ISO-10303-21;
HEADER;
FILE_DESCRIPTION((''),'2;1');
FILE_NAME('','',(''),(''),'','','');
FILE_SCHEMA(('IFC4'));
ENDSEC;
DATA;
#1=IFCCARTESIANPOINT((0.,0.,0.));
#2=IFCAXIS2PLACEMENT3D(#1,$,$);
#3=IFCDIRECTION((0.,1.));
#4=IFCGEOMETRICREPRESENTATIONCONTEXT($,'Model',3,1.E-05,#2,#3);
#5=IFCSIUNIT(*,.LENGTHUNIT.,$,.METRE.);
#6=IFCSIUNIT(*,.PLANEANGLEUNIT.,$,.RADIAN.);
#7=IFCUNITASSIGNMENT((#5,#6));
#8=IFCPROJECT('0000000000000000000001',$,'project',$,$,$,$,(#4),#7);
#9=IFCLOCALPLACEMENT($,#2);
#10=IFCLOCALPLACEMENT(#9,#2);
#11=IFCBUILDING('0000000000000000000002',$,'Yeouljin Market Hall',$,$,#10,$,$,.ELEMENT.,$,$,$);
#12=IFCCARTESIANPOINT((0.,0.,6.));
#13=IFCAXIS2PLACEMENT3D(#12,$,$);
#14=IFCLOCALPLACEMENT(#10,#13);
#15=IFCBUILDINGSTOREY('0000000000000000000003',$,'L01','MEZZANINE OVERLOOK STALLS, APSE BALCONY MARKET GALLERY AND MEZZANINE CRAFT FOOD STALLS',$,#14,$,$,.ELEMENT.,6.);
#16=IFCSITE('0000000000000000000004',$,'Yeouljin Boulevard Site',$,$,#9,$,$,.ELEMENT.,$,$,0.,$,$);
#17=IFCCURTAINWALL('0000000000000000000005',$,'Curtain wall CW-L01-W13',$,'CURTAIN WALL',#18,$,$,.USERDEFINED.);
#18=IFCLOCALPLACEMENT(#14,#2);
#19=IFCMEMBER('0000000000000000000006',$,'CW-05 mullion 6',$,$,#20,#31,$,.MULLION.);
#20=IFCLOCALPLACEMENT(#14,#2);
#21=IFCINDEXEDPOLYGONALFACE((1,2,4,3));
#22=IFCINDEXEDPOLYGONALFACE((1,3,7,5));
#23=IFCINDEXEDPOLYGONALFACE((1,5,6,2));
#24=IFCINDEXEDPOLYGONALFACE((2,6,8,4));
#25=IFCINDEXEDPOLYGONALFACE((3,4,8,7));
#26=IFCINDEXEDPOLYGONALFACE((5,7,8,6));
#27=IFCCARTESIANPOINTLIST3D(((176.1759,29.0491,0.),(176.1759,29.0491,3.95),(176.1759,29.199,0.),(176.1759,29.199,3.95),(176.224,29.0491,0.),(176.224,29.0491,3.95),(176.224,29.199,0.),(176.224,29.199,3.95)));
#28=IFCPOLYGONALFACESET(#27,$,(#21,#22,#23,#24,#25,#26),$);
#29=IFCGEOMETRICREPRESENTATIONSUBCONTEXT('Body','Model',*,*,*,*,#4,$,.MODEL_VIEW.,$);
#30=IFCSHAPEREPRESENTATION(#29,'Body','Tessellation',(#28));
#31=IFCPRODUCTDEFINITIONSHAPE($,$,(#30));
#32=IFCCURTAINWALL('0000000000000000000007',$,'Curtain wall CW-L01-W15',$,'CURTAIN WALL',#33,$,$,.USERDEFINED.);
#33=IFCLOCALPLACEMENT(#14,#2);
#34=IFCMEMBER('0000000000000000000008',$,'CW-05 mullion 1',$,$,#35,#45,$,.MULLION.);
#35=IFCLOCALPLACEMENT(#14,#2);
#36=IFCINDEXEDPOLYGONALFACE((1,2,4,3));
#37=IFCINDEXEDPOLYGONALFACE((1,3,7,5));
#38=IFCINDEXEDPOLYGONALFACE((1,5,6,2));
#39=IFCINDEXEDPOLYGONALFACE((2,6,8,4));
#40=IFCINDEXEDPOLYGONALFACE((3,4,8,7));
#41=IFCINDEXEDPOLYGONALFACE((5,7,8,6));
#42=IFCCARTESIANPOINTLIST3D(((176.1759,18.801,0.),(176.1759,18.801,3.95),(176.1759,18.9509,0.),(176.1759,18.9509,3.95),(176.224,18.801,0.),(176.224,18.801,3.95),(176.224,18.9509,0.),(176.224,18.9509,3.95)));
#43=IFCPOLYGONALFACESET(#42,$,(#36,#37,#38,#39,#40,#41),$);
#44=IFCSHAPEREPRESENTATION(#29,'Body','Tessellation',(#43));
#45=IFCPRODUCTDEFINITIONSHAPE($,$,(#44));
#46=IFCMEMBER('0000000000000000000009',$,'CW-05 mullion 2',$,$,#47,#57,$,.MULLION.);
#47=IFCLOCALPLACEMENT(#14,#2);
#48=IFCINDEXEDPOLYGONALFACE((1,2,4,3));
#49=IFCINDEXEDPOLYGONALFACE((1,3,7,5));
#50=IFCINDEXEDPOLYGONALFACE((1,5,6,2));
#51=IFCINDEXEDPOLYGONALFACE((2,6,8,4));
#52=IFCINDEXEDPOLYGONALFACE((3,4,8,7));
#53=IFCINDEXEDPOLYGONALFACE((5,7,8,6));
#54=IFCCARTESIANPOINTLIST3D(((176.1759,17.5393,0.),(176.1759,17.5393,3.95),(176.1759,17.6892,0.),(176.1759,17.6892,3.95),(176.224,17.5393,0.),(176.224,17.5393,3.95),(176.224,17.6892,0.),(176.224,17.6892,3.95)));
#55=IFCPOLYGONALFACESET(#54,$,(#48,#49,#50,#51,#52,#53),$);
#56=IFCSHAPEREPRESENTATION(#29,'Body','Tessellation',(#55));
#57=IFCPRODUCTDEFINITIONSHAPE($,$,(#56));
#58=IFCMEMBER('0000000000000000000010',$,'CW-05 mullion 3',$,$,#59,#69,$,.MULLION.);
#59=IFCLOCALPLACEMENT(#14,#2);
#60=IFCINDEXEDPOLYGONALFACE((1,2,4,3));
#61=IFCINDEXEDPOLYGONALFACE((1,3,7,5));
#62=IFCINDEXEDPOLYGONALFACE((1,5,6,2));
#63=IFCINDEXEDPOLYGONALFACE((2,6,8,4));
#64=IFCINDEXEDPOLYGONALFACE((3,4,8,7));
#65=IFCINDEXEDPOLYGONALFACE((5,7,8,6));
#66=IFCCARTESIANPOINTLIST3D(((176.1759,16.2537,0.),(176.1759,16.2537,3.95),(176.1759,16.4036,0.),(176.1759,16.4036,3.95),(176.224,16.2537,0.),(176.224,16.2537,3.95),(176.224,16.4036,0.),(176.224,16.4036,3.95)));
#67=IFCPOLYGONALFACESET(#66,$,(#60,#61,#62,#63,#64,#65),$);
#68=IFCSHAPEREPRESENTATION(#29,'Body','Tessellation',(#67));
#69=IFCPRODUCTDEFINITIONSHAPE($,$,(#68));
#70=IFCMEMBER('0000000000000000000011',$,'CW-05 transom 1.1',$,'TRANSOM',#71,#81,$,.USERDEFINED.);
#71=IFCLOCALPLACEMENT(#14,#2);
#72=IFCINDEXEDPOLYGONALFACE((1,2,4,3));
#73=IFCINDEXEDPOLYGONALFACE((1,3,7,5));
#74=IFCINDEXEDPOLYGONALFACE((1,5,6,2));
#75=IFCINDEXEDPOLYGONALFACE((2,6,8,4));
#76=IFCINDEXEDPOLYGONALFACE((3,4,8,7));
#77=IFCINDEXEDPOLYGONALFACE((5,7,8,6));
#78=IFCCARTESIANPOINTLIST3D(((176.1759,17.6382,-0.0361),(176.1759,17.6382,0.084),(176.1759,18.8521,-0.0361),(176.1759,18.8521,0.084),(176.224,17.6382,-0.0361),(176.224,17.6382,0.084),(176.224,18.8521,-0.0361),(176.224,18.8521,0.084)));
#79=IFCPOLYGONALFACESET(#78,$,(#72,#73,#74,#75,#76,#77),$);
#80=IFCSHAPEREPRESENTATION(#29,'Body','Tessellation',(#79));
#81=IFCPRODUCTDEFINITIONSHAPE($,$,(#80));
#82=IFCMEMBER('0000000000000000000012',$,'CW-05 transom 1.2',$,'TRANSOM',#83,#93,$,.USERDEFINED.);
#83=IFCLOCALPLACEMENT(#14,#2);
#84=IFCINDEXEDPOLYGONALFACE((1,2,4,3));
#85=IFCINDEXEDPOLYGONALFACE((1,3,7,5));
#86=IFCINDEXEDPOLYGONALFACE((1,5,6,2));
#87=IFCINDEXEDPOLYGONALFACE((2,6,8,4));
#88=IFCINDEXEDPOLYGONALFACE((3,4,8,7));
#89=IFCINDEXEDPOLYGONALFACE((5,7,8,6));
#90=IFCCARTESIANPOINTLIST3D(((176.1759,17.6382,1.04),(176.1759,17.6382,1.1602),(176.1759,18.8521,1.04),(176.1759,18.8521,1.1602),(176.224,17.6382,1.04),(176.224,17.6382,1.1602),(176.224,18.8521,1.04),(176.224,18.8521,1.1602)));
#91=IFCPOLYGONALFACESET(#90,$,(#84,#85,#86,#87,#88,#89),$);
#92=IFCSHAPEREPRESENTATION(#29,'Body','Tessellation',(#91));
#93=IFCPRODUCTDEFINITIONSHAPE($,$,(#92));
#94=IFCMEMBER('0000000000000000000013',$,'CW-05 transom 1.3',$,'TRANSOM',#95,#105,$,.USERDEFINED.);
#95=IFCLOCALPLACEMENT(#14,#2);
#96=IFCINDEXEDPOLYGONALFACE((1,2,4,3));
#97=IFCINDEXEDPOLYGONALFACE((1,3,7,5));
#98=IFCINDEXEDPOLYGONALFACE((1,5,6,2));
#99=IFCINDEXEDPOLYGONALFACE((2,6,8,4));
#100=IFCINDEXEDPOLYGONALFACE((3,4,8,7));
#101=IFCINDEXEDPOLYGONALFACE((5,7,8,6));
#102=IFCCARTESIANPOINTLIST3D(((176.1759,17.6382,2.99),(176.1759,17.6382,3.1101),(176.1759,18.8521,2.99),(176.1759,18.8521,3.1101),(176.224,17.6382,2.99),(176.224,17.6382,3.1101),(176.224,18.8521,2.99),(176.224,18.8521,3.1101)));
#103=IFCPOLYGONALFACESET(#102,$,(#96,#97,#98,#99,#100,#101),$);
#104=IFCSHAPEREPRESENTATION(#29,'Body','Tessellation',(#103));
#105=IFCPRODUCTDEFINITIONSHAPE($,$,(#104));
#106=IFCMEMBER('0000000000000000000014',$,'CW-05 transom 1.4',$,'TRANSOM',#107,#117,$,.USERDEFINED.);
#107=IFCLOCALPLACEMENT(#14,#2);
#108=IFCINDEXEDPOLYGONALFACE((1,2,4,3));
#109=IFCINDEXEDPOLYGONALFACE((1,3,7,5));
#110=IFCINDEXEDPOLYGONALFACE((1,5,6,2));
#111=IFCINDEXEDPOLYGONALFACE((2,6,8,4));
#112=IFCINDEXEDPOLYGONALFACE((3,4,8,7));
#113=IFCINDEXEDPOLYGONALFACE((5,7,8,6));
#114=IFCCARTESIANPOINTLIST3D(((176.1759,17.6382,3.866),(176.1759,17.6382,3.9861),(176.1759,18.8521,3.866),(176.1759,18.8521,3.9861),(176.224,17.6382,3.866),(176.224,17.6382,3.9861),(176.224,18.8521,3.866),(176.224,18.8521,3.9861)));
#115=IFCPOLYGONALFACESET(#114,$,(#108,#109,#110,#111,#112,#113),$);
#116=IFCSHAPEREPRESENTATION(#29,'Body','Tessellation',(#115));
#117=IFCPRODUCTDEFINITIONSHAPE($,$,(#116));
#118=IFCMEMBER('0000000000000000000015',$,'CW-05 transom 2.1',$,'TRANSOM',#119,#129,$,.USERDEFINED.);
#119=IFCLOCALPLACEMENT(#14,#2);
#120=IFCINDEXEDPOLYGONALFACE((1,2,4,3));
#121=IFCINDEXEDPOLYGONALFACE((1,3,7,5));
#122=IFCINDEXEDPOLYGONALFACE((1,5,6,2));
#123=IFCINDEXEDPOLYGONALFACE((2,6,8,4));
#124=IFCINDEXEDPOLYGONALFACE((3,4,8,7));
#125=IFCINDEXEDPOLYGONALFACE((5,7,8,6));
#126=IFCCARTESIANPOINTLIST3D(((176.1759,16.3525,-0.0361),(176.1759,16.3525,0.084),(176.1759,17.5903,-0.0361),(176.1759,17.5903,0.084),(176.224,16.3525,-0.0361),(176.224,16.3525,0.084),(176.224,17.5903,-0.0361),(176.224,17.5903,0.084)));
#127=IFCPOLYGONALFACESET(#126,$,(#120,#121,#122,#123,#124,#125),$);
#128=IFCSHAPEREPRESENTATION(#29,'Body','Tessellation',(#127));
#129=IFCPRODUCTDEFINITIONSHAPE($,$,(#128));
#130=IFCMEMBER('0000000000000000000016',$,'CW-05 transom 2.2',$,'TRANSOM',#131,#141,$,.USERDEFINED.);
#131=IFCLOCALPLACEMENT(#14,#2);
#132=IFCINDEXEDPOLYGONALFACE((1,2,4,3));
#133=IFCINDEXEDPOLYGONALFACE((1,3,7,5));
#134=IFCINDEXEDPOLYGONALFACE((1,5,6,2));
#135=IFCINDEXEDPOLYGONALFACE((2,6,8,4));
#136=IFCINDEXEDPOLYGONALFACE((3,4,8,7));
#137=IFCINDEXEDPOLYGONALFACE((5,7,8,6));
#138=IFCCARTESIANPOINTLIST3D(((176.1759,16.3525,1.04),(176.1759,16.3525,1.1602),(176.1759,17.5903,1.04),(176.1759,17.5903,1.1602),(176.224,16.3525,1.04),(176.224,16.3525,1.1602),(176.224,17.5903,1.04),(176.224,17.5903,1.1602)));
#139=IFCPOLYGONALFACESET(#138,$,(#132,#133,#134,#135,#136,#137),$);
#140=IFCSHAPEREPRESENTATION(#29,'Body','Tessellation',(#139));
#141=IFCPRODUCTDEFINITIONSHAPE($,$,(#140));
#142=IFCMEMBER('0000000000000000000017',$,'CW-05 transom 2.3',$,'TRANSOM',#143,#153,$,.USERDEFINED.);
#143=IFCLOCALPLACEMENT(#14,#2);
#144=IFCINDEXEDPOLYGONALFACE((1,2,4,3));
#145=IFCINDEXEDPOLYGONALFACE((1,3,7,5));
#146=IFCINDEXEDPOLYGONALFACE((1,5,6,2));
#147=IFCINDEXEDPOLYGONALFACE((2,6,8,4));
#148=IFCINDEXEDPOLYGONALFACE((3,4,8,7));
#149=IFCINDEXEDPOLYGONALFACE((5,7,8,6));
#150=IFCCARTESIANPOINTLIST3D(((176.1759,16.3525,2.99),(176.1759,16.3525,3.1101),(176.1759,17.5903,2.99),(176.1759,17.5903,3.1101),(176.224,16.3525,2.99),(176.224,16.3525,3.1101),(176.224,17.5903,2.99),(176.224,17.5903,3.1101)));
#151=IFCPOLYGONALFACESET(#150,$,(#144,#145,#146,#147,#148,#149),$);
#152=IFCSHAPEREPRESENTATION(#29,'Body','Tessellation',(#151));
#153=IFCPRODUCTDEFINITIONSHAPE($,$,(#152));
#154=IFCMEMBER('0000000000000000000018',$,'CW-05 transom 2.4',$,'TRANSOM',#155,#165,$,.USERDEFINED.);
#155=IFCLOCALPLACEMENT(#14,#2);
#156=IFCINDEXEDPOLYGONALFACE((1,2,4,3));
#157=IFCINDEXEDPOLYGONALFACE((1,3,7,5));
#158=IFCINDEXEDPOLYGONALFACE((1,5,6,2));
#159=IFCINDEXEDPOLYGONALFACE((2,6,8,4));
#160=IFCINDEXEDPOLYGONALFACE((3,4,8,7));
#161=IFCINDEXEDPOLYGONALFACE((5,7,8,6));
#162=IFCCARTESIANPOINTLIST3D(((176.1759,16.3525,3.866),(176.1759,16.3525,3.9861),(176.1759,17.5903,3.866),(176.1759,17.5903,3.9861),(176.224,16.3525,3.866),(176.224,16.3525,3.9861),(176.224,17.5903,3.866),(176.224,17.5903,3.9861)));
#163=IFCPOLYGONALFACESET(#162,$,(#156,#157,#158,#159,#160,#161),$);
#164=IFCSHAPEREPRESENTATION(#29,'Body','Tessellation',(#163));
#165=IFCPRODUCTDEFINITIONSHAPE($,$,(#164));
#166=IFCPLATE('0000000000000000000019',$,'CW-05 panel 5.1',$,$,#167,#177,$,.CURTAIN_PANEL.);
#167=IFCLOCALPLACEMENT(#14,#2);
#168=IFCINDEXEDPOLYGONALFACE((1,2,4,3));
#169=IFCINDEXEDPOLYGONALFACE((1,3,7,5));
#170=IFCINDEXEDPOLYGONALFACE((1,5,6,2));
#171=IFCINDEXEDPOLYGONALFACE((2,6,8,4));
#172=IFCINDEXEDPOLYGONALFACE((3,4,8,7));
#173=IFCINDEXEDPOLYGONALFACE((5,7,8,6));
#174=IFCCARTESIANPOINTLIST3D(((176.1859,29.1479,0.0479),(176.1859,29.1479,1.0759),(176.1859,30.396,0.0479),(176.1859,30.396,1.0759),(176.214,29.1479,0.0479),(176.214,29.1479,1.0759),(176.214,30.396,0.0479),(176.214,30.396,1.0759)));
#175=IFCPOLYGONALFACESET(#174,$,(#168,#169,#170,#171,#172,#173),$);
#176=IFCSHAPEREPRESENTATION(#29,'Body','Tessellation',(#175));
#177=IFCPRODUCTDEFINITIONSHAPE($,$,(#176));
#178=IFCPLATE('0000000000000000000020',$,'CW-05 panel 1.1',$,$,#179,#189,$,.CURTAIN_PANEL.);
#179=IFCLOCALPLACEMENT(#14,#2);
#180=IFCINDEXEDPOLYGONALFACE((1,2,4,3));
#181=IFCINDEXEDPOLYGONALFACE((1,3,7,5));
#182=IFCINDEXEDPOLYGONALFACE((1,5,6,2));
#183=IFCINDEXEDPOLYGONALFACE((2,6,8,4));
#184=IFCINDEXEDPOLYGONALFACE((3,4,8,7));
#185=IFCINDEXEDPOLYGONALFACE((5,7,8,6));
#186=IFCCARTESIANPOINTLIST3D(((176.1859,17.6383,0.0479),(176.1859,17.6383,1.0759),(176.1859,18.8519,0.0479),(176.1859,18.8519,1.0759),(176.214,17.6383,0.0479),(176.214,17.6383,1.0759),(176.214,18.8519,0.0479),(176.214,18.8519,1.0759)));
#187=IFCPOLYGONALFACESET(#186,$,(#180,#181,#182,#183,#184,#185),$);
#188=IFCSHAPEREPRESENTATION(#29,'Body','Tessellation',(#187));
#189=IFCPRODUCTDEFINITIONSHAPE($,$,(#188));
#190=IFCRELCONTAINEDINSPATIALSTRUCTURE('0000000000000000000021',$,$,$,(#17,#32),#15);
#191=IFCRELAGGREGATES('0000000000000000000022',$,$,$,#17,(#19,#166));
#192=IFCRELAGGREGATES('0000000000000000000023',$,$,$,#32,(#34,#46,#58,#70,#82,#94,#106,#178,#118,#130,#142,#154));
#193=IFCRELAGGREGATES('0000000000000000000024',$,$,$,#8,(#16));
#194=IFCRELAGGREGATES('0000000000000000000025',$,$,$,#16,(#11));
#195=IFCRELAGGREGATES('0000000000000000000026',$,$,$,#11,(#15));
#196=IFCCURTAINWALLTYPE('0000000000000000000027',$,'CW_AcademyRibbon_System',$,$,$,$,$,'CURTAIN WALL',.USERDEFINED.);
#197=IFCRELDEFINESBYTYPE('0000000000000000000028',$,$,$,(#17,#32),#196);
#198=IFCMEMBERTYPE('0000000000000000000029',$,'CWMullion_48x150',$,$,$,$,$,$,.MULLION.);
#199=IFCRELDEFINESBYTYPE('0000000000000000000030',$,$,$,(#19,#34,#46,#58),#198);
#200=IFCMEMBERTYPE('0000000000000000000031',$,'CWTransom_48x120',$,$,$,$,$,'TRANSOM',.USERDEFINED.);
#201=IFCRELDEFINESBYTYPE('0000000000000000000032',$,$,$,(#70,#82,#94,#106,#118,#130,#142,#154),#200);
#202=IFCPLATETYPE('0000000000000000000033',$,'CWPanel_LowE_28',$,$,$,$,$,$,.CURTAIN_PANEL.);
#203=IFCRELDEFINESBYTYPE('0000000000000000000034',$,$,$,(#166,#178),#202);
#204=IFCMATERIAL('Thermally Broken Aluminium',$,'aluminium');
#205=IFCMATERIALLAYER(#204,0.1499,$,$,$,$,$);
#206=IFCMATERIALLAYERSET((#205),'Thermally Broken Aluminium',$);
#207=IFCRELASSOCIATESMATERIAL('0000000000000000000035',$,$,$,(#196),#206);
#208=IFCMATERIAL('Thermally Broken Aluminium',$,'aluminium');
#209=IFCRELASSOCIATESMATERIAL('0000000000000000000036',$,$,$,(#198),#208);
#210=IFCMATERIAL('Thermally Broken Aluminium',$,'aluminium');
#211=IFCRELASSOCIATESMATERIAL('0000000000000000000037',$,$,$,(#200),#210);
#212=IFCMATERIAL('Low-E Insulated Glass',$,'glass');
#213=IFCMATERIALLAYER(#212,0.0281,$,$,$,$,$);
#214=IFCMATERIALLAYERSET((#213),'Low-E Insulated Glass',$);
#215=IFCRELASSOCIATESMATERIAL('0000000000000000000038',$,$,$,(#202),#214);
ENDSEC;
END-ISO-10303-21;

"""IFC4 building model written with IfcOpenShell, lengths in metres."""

from ifc_helpers import new_model, si_unit, direction, frame, origin, origin_2d, place, context, subcontext, project, spatial, rectangle, extrude, material, layer, layer_set, material_profile, profile_set, type_object, element, aggregate, save


model = new_model("IFC4")

# Units and contexts
model_context = context("Model", 3, precision=1e-05, world=origin(), true_north=direction((0.0, 1.0)))
body_context = subcontext(model_context, "Body", "Model", "MODEL_VIEW")
ifc_project = project(units=[si_unit("LENGTHUNIT", "METRE"), si_unit("PLANEANGLEUNIT", "RADIAN")], contexts=[model_context])

# Site, building, storey
site_placement = place(None, origin())
site = spatial("IfcSite", under=ifc_project, at=site_placement, Name="Yeouljin Boulevard Site", CompositionType="ELEMENT", RefElevation=0.0)
building_placement = place(site_placement, origin())
building = spatial("IfcBuilding", under=site, at=building_placement, Name="Yeouljin Market Hall", CompositionType="ELEMENT")
storey_placement = place(building_placement, frame((0.0, 0.0, 6.0)))
storey = spatial("IfcBuildingStorey", under=building, at=storey_placement, Name="L01", Description="MEZZANINE OVERLOOK STALLS, APSE BALCONY MARKET GALLERY AND MEZZANINE CRAFT FOOD STALLS", CompositionType="ELEMENT", Elevation=6.0)

# Curtain wall, member
ifc_material_1 = material(Name="Thermally Broken Aluminium", Category="aluminium")
ifc_layer_1 = layer(ifc_material_1, 0.1499)
ifc_layer_set_1 = layer_set([ifc_layer_1], Name="Thermally Broken Aluminium")
curtain_wall_type = type_object("IfcCurtainWallType", Name="CW_AcademyRibbon_System", ElementType="CURTAIN WALL", PredefinedType="USERDEFINED", material=ifc_layer_set_1)
curtain_wall_1_placement = place(storey_placement, origin())
curtain_wall_1 = element("IfcCurtainWall", 1, at=curtain_wall_1_placement, inside=storey, type_object=curtain_wall_type, Name="Curtain wall CW-L01-W13", ObjectType="CURTAIN WALL", PredefinedType="USERDEFINED")
ifc_material_2 = material(Name="Thermally Broken Aluminium", Category="aluminium")
ifc_material_profile_1 = material_profile(ifc_material_2, rectangle(XDim=0.0481, YDim=0.1499, at=origin_2d()), Name="CW-MULL-48x150")
ifc_profile_set_1 = profile_set([ifc_material_profile_1], Name="Thermally Broken Aluminium")
member_type_1 = type_object("IfcMemberType", Name="CWMullion_48x150", PredefinedType="MULLION", material=ifc_profile_set_1)
member_1_placement = place(storey_placement, frame((176.2, 29.124, 0.0), z_axis=(0.0, 0.0, 1.0), x_axis=(1.0, 0.0, 0.0)))
member_1 = element("IfcMember", 2, at=member_1_placement, type_object=member_type_1, Name="CW-05 mullion 6", PredefinedType="MULLION", context=body_context, shape_type="SweptSolid", body=[
    extrude(rectangle(XDim=0.0481, YDim=0.1499, at=origin_2d()), origin(), (0.0, 0.0, 1.0), 3.95),
])

# Curtain wall, members
curtain_wall_2_placement = place(storey_placement, origin())
curtain_wall_2 = element("IfcCurtainWall", 3, at=curtain_wall_2_placement, inside=storey, type_object=curtain_wall_type, Name="Curtain wall CW-L01-W15", ObjectType="CURTAIN WALL", PredefinedType="USERDEFINED")
member_2_placement = place(storey_placement, frame((176.2, 18.876, 0.0), z_axis=(0.0, 0.0, 1.0), x_axis=(1.0, 0.0, 0.0)))
member_2 = element("IfcMember", 4, at=member_2_placement, type_object=member_type_1, Name="CW-05 mullion 1", PredefinedType="MULLION", context=body_context, shape_type="SweptSolid", body=[
    extrude(rectangle(XDim=0.0481, YDim=0.1499, at=origin_2d()), origin(), (0.0, 0.0, 1.0), 3.95),
])
member_3_placement = place(storey_placement, frame((176.2, 17.6143, 0.0), z_axis=(0.0, 0.0, 1.0), x_axis=(1.0, 0.0, 0.0)))
member_3 = element("IfcMember", 5, at=member_3_placement, type_object=member_type_1, Name="CW-05 mullion 2", PredefinedType="MULLION", context=body_context, shape_type="SweptSolid", body=[
    extrude(rectangle(XDim=0.0481, YDim=0.1499, at=origin_2d()), origin(), (0.0, 0.0, 1.0), 3.95),
])
member_4_placement = place(storey_placement, frame((176.2, 16.3286, 0.0), z_axis=(0.0, 0.0, 1.0), x_axis=(1.0, 0.0, 0.0)))
member_4 = element("IfcMember", 6, at=member_4_placement, type_object=member_type_1, Name="CW-05 mullion 3", PredefinedType="MULLION", context=body_context, shape_type="SweptSolid", body=[
    extrude(rectangle(XDim=0.0481, YDim=0.1499, at=origin_2d()), origin(), (0.0, 0.0, 1.0), 3.95),
])
ifc_material_3 = material(Name="Thermally Broken Aluminium", Category="aluminium")
ifc_material_profile_2 = material_profile(ifc_material_3, rectangle(XDim=0.0481, YDim=0.1201, at=origin_2d()), Name="CW-TRAN-48x120")
ifc_profile_set_2 = profile_set([ifc_material_profile_2], Name="Thermally Broken Aluminium")
member_type_2 = type_object("IfcMemberType", Name="CWTransom_48x120", ElementType="TRANSOM", PredefinedType="USERDEFINED", material=ifc_profile_set_2)
member_5_placement = place(storey_placement, frame((176.2, 18.8521, 0.0239), z_axis=(0.0, -1.0, 0.0), x_axis=(1.0, 0.0, 0.0)))
member_5 = element("IfcMember", 7, at=member_5_placement, type_object=member_type_2, Name="CW-05 transom 1.1", ObjectType="TRANSOM", PredefinedType="USERDEFINED", context=body_context, shape_type="SweptSolid", body=[
    extrude(rectangle(XDim=0.0481, YDim=0.1201, at=origin_2d()), origin(), (0.0, 0.0, 1.0), 1.2139),
])
member_6_placement = place(storey_placement, frame((176.2, 18.8521, 1.1001), z_axis=(0.0, -1.0, 0.0), x_axis=(1.0, 0.0, 0.0)))
member_6 = element("IfcMember", 8, at=member_6_placement, type_object=member_type_2, Name="CW-05 transom 1.2", ObjectType="TRANSOM", PredefinedType="USERDEFINED", context=body_context, shape_type="SweptSolid", body=[
    extrude(rectangle(XDim=0.0481, YDim=0.1201, at=origin_2d()), origin(), (0.0, 0.0, 1.0), 1.2139),
])
member_7_placement = place(storey_placement, frame((176.2, 18.8521, 3.05), z_axis=(0.0, -1.0, 0.0), x_axis=(1.0, 0.0, 0.0)))
member_7 = element("IfcMember", 9, at=member_7_placement, type_object=member_type_2, Name="CW-05 transom 1.3", ObjectType="TRANSOM", PredefinedType="USERDEFINED", context=body_context, shape_type="SweptSolid", body=[
    extrude(rectangle(XDim=0.0481, YDim=0.1201, at=origin_2d()), origin(), (0.0, 0.0, 1.0), 1.2139),
])
member_8_placement = place(storey_placement, frame((176.2, 18.8521, 3.926), z_axis=(0.0, -1.0, 0.0), x_axis=(1.0, 0.0, 0.0)))
member_8 = element("IfcMember", 10, at=member_8_placement, type_object=member_type_2, Name="CW-05 transom 1.4", ObjectType="TRANSOM", PredefinedType="USERDEFINED", context=body_context, shape_type="SweptSolid", body=[
    extrude(rectangle(XDim=0.0481, YDim=0.1201, at=origin_2d()), origin(), (0.0, 0.0, 1.0), 1.2139),
])
member_9_placement = place(storey_placement, frame((176.2, 17.5903, 0.0239), z_axis=(0.0, -1.0, 0.0), x_axis=(1.0, 0.0, 0.0)))
member_9 = element("IfcMember", 11, at=member_9_placement, type_object=member_type_2, Name="CW-05 transom 2.1", ObjectType="TRANSOM", PredefinedType="USERDEFINED", context=body_context, shape_type="SweptSolid", body=[
    extrude(rectangle(XDim=0.0481, YDim=0.1201, at=origin_2d()), origin(), (0.0, 0.0, 1.0), 1.2378),
])
member_10_placement = place(storey_placement, frame((176.2, 17.5903, 1.1001), z_axis=(0.0, -1.0, 0.0), x_axis=(1.0, 0.0, 0.0)))
member_10 = element("IfcMember", 12, at=member_10_placement, type_object=member_type_2, Name="CW-05 transom 2.2", ObjectType="TRANSOM", PredefinedType="USERDEFINED", context=body_context, shape_type="SweptSolid", body=[
    extrude(rectangle(XDim=0.0481, YDim=0.1201, at=origin_2d()), origin(), (0.0, 0.0, 1.0), 1.2378),
])
member_11_placement = place(storey_placement, frame((176.2, 17.5903, 3.05), z_axis=(0.0, -1.0, 0.0), x_axis=(1.0, 0.0, 0.0)))
member_11 = element("IfcMember", 13, at=member_11_placement, type_object=member_type_2, Name="CW-05 transom 2.3", ObjectType="TRANSOM", PredefinedType="USERDEFINED", context=body_context, shape_type="SweptSolid", body=[
    extrude(rectangle(XDim=0.0481, YDim=0.1201, at=origin_2d()), origin(), (0.0, 0.0, 1.0), 1.2378),
])
member_12_placement = place(storey_placement, frame((176.2, 17.5903, 3.926), z_axis=(0.0, -1.0, 0.0), x_axis=(1.0, 0.0, 0.0)))
member_12 = element("IfcMember", 14, at=member_12_placement, type_object=member_type_2, Name="CW-05 transom 2.4", ObjectType="TRANSOM", PredefinedType="USERDEFINED", context=body_context, shape_type="SweptSolid", body=[
    extrude(rectangle(XDim=0.0481, YDim=0.1201, at=origin_2d()), origin(), (0.0, 0.0, 1.0), 1.2378),
])

# Plates
ifc_material_4 = material(Name="Low-E Insulated Glass", Category="glass")
ifc_layer_2 = layer(ifc_material_4, 0.0281)
ifc_layer_set_2 = layer_set([ifc_layer_2], Name="Low-E Insulated Glass")
plate_type = type_object("IfcPlateType", Name="CWPanel_LowE_28", PredefinedType="CURTAIN_PANEL", material=ifc_layer_set_2)
plate_1_placement = place(storey_placement, frame((176.2, 29.772, 0.0479), z_axis=(0.0, 0.0, 1.0), x_axis=(0.0, -1.0, 0.0)))
plate_1 = element("IfcPlate", 15, at=plate_1_placement, type_object=plate_type, Name="CW-05 panel 5.1", PredefinedType="CURTAIN_PANEL", context=body_context, shape_type="SweptSolid", body=[
    extrude(rectangle(XDim=1.248, YDim=0.0281, at=origin_2d()), origin(), (0.0, 0.0, 1.0), 1.0281),
])
aggregate(curtain_wall_1, [member_1, plate_1])
plate_2_placement = place(storey_placement, frame((176.2, 18.2451, 0.0479), z_axis=(0.0, 0.0, 1.0), x_axis=(0.0, -1.0, 0.0)))
plate_2 = element("IfcPlate", 16, at=plate_2_placement, type_object=plate_type, Name="CW-05 panel 1.1", PredefinedType="CURTAIN_PANEL", context=body_context, shape_type="SweptSolid", body=[
    extrude(rectangle(XDim=1.2136, YDim=0.0281, at=origin_2d()), origin(), (0.0, 0.0, 1.0), 1.0281),
])
aggregate(curtain_wall_2, [member_2, member_3, member_4, member_5, member_6, member_7, member_8, plate_2, member_9, member_10, member_11, member_12])

save(model, "model.ifc")
